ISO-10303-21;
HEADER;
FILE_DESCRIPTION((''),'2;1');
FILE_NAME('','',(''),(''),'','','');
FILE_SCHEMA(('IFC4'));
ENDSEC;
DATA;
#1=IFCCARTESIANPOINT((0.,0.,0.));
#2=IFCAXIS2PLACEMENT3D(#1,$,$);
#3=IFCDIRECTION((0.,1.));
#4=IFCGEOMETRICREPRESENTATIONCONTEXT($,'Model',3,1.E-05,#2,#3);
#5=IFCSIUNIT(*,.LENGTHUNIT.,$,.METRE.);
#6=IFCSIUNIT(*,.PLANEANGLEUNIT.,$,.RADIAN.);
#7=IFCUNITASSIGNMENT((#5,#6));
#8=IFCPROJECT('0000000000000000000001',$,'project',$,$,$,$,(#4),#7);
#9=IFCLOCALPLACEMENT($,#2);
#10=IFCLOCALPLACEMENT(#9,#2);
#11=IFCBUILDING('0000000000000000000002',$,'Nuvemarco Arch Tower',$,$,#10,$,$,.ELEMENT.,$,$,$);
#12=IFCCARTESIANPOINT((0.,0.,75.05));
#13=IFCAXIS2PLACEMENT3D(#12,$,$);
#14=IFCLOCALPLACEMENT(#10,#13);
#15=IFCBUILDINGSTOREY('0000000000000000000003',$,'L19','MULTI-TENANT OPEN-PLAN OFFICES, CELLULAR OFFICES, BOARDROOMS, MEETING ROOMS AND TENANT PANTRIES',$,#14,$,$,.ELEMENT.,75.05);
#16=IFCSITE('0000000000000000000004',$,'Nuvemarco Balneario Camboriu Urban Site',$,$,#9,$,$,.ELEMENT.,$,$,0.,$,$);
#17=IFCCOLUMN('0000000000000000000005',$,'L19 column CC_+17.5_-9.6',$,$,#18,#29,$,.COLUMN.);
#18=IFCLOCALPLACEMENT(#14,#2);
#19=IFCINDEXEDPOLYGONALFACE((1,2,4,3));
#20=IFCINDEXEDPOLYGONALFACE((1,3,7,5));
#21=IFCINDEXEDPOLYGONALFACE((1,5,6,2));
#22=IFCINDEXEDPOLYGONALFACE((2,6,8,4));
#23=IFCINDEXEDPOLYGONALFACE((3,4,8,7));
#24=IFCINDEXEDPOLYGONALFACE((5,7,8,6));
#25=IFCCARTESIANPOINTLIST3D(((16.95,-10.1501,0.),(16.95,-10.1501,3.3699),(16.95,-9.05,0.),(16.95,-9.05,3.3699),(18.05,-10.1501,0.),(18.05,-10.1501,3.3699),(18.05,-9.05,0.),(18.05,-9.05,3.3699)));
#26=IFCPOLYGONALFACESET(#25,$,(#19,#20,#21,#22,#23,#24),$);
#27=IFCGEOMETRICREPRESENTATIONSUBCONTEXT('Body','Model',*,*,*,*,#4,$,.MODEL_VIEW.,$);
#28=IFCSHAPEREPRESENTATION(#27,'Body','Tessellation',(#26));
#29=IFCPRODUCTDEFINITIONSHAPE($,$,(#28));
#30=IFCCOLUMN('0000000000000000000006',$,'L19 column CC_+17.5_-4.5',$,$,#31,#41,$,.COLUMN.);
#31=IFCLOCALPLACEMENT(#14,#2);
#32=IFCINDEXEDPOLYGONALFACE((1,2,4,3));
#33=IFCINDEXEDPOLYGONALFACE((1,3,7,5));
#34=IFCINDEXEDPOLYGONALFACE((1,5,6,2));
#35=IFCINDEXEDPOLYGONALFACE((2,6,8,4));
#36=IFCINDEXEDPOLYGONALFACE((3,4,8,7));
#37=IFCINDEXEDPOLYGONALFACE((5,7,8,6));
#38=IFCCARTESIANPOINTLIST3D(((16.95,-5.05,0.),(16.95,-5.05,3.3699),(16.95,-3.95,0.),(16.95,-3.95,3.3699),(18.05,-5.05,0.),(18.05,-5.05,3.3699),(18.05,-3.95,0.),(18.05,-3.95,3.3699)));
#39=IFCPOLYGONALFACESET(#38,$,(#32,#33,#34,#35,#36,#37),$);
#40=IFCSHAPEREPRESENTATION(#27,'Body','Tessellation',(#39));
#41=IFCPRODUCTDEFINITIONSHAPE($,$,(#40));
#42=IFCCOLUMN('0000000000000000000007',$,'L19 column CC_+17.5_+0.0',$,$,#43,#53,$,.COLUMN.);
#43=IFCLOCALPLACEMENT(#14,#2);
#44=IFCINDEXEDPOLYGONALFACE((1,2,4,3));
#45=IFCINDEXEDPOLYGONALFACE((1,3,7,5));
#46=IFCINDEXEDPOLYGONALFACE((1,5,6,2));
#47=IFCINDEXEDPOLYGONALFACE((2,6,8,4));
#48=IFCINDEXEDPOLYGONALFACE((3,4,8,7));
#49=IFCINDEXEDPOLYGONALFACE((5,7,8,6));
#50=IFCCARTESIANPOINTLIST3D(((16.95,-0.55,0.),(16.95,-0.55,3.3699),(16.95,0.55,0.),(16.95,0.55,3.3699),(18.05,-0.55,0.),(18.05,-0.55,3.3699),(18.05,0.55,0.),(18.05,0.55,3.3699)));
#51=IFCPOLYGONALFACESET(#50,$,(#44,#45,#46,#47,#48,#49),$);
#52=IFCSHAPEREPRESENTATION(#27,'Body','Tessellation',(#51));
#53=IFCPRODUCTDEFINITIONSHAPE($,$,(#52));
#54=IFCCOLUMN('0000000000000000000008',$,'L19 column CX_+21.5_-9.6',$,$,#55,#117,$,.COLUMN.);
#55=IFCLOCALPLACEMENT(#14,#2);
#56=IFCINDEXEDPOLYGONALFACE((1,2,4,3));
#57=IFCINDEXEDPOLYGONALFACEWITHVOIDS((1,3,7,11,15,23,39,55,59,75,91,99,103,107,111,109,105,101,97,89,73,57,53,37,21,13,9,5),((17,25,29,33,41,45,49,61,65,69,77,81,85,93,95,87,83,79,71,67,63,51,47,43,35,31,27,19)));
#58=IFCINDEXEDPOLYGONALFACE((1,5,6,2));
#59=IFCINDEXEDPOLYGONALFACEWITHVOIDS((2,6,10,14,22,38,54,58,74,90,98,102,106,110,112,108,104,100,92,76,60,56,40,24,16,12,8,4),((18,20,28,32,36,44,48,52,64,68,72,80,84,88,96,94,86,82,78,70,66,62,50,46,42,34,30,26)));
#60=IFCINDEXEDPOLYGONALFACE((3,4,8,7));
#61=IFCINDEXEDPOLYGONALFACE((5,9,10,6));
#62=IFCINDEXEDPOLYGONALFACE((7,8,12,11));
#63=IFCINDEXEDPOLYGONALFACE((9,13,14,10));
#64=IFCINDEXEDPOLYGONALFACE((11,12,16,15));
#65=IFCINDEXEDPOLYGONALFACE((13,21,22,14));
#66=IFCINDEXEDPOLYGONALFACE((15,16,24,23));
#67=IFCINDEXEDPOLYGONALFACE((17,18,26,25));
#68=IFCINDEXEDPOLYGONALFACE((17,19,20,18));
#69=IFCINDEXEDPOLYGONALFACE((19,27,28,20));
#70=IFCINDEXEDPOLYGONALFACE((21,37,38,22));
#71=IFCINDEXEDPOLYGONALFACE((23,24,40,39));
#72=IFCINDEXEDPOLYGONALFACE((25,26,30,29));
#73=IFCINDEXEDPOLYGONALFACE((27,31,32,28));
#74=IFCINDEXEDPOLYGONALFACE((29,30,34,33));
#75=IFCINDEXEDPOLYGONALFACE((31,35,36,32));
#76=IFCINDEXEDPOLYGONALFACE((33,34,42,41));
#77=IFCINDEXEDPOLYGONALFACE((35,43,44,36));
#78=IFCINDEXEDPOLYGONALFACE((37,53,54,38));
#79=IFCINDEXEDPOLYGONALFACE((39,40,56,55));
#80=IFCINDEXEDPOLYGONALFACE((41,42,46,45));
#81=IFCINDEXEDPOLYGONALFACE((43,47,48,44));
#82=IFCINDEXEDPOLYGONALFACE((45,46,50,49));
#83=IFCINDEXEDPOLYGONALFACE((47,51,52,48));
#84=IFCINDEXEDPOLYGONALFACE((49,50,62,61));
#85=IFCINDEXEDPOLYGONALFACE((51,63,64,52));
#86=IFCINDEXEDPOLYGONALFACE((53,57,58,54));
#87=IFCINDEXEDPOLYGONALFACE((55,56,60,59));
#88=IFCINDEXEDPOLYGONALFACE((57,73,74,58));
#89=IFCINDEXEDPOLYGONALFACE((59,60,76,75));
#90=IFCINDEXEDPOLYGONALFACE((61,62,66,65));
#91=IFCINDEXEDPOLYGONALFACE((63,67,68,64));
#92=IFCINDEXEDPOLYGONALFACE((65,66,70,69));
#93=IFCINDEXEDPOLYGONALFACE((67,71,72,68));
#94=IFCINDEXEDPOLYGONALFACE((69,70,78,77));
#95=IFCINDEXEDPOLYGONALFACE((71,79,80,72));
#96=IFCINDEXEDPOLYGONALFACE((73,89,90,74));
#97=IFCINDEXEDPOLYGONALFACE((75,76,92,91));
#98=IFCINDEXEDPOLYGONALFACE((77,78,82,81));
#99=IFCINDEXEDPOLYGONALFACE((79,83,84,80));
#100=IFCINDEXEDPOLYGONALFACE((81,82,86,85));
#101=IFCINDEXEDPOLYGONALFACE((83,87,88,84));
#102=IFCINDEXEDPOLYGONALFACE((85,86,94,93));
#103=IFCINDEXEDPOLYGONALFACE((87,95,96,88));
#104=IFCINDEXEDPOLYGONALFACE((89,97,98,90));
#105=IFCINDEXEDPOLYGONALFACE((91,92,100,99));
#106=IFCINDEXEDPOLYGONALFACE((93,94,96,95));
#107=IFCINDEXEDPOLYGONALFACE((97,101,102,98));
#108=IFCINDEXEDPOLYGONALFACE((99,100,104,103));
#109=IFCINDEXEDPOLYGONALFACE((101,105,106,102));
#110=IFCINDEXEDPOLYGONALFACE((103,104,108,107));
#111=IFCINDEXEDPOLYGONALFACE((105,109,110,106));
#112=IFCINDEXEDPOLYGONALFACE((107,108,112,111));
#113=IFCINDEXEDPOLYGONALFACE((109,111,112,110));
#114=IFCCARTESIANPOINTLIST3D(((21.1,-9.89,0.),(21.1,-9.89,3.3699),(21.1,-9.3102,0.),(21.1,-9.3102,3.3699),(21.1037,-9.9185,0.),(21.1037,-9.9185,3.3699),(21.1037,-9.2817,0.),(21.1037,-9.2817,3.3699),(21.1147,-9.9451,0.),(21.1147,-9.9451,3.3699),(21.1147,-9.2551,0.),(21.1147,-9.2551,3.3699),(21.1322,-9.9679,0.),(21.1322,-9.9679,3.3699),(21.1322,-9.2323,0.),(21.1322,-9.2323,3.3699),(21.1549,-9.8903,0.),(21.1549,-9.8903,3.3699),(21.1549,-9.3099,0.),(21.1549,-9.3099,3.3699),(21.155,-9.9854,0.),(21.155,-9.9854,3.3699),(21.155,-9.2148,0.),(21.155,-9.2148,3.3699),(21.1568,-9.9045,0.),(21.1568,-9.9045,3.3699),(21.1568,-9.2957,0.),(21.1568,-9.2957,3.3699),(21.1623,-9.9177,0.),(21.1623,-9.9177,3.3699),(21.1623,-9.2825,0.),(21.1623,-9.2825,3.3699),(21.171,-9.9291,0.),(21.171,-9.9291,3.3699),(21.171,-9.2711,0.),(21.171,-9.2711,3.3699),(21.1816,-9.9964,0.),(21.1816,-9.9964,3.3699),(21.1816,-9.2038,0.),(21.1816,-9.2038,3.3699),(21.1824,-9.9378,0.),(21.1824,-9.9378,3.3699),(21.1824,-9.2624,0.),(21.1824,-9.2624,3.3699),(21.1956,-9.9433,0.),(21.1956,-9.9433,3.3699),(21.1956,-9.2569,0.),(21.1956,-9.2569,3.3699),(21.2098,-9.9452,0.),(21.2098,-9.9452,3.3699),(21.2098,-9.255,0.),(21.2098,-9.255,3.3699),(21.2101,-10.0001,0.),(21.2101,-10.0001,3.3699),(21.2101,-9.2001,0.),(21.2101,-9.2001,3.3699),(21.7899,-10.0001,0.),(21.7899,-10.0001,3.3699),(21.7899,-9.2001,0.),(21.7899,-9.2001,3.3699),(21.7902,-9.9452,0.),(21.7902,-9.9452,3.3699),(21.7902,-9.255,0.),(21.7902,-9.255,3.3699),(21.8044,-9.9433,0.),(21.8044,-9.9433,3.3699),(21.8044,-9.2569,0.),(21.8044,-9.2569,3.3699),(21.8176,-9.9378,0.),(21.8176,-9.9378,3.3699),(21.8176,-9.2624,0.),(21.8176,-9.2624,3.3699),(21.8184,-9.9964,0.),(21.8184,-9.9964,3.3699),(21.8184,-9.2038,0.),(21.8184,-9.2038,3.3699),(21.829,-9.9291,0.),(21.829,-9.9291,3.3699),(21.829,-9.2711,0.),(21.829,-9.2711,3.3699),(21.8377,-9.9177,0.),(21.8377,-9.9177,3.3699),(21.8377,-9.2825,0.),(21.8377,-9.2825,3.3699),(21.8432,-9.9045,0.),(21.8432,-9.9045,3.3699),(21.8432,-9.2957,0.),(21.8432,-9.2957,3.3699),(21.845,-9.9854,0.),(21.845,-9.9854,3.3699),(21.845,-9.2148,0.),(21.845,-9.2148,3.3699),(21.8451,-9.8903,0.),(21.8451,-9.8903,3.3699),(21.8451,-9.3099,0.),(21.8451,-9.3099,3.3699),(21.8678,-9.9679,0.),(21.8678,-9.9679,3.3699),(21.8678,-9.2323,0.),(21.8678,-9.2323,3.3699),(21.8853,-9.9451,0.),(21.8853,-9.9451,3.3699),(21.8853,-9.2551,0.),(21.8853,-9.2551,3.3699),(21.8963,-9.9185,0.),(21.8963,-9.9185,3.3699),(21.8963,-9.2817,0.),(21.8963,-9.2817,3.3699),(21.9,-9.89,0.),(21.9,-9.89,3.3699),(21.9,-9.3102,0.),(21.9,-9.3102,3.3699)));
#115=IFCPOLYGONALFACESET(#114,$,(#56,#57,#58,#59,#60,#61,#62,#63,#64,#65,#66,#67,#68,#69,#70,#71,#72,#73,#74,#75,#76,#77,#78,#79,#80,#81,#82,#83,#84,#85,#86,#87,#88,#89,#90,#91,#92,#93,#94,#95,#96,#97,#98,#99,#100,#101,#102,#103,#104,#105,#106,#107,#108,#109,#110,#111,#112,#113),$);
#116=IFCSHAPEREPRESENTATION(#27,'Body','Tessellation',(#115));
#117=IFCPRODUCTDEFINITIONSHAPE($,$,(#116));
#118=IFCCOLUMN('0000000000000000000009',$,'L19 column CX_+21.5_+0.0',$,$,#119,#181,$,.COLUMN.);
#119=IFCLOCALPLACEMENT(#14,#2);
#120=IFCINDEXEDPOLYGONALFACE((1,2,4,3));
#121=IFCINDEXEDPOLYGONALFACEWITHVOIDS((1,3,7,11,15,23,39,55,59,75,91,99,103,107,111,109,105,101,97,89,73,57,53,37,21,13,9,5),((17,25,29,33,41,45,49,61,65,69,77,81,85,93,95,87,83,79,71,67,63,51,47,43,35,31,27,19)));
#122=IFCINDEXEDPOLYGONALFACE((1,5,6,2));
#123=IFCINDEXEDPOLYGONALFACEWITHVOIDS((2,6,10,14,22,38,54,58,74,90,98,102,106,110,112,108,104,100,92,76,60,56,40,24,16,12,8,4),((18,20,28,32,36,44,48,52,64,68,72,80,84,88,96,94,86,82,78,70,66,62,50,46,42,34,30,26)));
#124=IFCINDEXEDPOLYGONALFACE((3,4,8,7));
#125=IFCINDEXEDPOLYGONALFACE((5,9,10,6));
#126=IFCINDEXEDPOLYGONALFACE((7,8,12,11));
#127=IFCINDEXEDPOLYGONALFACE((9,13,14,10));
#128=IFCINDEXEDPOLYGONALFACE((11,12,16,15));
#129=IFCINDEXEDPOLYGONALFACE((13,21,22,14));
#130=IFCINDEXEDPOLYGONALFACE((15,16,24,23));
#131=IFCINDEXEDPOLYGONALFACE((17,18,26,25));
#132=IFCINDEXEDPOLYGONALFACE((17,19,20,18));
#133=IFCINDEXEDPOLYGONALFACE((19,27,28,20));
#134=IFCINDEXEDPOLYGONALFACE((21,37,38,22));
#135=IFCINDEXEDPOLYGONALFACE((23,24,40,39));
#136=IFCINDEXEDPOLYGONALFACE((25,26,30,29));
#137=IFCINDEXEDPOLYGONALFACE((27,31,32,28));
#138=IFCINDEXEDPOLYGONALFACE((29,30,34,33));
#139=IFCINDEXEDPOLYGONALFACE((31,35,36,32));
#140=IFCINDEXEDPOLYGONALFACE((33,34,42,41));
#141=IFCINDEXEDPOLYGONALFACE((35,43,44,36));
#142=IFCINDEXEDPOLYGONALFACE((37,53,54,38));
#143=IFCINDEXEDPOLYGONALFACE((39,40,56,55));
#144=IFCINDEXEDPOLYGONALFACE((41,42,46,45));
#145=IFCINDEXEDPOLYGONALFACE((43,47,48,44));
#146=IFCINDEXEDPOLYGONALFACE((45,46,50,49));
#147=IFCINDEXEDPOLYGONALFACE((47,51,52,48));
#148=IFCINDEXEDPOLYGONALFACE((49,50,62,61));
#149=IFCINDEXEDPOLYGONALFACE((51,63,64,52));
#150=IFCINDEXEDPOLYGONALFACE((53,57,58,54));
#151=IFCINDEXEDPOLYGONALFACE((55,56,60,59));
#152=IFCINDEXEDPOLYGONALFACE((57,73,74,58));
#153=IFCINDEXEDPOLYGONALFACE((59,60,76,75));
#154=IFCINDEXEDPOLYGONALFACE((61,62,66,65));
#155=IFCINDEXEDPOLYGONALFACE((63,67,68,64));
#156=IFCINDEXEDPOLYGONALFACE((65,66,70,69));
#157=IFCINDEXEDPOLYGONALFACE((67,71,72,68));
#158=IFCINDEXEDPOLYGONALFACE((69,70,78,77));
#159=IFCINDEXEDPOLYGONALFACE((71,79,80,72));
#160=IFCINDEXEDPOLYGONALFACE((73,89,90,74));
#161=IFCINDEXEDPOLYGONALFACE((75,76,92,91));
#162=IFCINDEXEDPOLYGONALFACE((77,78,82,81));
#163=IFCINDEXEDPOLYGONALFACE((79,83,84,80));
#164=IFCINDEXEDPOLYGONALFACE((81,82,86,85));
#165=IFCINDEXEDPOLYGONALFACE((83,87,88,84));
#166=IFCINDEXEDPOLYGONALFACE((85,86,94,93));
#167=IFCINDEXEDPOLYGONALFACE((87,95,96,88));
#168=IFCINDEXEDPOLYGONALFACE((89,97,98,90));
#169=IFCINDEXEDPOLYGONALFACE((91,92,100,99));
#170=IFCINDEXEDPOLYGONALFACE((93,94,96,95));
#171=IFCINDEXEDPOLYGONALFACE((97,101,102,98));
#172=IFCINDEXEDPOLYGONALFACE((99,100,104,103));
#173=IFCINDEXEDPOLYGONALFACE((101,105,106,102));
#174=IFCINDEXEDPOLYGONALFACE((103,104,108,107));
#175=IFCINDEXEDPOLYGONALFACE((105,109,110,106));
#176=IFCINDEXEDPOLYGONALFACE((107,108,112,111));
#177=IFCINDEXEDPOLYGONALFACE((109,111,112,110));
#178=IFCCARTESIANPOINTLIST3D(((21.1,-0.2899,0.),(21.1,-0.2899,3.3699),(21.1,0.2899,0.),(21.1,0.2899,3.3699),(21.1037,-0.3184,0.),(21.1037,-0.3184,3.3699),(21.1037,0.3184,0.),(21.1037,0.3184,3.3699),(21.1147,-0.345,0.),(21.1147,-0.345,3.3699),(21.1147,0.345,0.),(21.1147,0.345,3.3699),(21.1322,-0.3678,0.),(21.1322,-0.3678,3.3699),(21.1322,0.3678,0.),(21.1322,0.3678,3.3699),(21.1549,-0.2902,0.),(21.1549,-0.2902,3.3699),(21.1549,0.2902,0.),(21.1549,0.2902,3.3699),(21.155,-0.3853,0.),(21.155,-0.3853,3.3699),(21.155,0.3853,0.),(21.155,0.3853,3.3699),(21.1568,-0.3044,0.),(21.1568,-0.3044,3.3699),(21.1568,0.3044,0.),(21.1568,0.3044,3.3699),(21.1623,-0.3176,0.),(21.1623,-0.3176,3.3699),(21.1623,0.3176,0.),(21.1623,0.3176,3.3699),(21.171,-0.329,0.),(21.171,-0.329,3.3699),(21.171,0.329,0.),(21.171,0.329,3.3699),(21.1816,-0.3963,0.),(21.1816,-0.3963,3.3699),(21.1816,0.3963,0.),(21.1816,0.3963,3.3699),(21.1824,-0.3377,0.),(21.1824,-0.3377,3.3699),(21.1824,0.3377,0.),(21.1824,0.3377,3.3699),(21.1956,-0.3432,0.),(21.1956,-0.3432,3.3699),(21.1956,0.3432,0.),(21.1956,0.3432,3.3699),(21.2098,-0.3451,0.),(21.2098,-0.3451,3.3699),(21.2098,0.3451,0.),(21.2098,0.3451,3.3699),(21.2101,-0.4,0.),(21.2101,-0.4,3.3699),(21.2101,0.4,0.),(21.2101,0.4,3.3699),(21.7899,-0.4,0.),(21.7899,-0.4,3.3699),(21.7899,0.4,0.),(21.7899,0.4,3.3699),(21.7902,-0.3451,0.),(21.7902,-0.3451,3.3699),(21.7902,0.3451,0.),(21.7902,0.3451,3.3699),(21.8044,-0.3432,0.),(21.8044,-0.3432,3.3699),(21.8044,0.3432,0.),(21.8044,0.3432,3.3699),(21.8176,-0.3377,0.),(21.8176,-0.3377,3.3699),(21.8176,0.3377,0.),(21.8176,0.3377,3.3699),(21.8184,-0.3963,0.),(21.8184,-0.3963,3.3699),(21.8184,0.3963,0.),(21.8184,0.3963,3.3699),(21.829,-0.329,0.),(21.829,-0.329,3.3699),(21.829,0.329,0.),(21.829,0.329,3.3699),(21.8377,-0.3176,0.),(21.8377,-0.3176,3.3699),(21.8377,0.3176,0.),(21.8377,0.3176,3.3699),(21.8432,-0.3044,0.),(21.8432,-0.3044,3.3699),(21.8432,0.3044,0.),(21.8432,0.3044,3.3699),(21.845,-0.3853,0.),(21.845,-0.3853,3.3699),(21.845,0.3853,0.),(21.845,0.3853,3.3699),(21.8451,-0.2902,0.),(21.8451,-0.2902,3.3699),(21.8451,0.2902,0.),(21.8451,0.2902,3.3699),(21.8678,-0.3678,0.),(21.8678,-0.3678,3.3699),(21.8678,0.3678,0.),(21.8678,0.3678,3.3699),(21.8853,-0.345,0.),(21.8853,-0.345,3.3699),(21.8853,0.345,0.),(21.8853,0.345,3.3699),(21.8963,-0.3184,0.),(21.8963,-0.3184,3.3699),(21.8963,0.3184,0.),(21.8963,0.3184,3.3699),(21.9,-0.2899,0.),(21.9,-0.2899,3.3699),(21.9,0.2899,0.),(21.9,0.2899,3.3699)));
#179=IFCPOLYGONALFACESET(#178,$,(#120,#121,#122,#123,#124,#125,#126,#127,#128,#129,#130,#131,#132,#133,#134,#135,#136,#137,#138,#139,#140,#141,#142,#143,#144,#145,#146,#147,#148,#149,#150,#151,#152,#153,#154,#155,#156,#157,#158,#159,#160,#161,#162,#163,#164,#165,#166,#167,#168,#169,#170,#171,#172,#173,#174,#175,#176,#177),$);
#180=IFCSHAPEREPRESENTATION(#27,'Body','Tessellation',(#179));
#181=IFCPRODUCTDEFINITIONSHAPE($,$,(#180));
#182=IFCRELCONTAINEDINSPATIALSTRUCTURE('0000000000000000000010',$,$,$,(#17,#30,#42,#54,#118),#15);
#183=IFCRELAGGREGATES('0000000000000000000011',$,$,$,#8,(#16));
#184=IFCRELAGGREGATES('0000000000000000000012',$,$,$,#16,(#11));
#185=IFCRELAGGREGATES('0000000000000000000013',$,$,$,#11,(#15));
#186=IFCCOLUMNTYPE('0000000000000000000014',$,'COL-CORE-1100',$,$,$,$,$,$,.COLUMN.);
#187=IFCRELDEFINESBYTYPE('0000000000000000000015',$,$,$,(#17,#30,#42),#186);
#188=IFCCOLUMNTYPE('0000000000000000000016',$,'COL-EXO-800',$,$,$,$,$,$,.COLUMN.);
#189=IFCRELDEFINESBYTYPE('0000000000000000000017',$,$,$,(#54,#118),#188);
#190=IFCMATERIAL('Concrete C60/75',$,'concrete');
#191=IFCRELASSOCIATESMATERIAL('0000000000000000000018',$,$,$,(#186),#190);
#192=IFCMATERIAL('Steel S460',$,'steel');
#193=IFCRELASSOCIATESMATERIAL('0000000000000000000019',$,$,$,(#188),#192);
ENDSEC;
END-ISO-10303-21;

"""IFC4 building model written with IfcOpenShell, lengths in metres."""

from ifc_helpers import new_model, si_unit, direction, frame, origin, origin_2d, place, context, subcontext, project, spatial, rectangle, hollow_rectangle, extrude, material, material_profile, profile_set, type_object, element, save


model = new_model("IFC4")

# Units and contexts
model_context = context("Model", 3, precision=1e-05, world=origin(), true_north=direction((0.0, 1.0)))
body_context = subcontext(model_context, "Body", "Model", "MODEL_VIEW")
ifc_project = project(units=[si_unit("LENGTHUNIT", "METRE"), si_unit("PLANEANGLEUNIT", "RADIAN")], contexts=[model_context])

# Site, building, storey
site_placement = place(None, origin())
site = spatial("IfcSite", under=ifc_project, at=site_placement, Name="Nuvemarco Balneario Camboriu Urban Site", CompositionType="ELEMENT", RefElevation=0.0)
building_placement = place(site_placement, origin())
building = spatial("IfcBuilding", under=site, at=building_placement, Name="Nuvemarco Arch Tower", CompositionType="ELEMENT")
storey_placement = place(building_placement, frame((0.0, 0.0, 75.05)))
storey = spatial("IfcBuildingStorey", under=building, at=storey_placement, Name="L19", Description="MULTI-TENANT OPEN-PLAN OFFICES, CELLULAR OFFICES, BOARDROOMS, MEETING ROOMS AND TENANT PANTRIES", CompositionType="ELEMENT", Elevation=75.05)

# Columns
ifc_material_1 = material(Name="Concrete C60/75", Category="concrete")
ifc_material_profile_1 = material_profile(ifc_material_1, rectangle(XDim=1.1001, YDim=1.1001, at=origin_2d()), Name="RC-COL-1100x1100")
ifc_profile_set_1 = profile_set([ifc_material_profile_1], Name="Concrete C60/75")
column_type_1 = type_object("IfcColumnType", Name="COL-CORE-1100", PredefinedType="COLUMN", material=ifc_profile_set_1)
for number, where, z_axis, x_axis, name in (
    (1, (17.5, -9.6001, 0.0), (0.0, 0.0, 1.0), (1.0, 0.0, 0.0), "L19 column CC_+17.5_-9.6"),
    (2, (17.5, -4.5, 0.0), (0.0, 0.0, 1.0), (1.0, 0.0, 0.0), "L19 column CC_+17.5_-4.5"),
    (3, (17.5, 0.0, 0.0), (0.0, 0.0, 1.0), (1.0, 0.0, 0.0), "L19 column CC_+17.5_+0.0"),
):
    element("IfcColumn", number, at=place(storey_placement, frame(where, z_axis=z_axis, x_axis=x_axis)), inside=storey, type_object=column_type_1, Name=name, PredefinedType="COLUMN", context=body_context, shape_type="SweptSolid", body=[
        extrude(rectangle(XDim=1.1001, YDim=1.1001, at=origin_2d()), origin(), (0.0, 0.0, 1.0), 3.3699),
    ])
ifc_material_2 = material(Name="Steel S460", Category="steel")
ifc_material_profile_2 = material_profile(ifc_material_2, hollow_rectangle(XDim=0.8, YDim=0.8, WallThickness=0.0549, InnerFilletRadius=0.0549, OuterFilletRadius=0.1101, at=origin_2d()), Name="SHS800x800x55")
ifc_profile_set_2 = profile_set([ifc_material_profile_2], Name="Steel S460")
column_type_2 = type_object("IfcColumnType", Name="COL-EXO-800", PredefinedType="COLUMN", material=ifc_profile_set_2)
for number, where, z_axis, x_axis, name in (
    (4, (21.5, -9.6001, 0.0), (0.0, 0.0, 1.0), (1.0, 0.0, 0.0), "L19 column CX_+21.5_-9.6"),
    (5, (21.5, 0.0, 0.0), (0.0, 0.0, 1.0), (1.0, 0.0, 0.0), "L19 column CX_+21.5_+0.0"),
):
    element("IfcColumn", number, at=place(storey_placement, frame(where, z_axis=z_axis, x_axis=x_axis)), inside=storey, type_object=column_type_2, Name=name, PredefinedType="COLUMN", context=body_context, shape_type="SweptSolid", body=[
        extrude(hollow_rectangle(XDim=0.8, YDim=0.8, WallThickness=0.0549, InnerFilletRadius=0.0549, OuterFilletRadius=0.1101, at=origin_2d()), origin(), (0.0, 0.0, 1.0), 3.3699),
    ])

save(model, "model.ifc")
